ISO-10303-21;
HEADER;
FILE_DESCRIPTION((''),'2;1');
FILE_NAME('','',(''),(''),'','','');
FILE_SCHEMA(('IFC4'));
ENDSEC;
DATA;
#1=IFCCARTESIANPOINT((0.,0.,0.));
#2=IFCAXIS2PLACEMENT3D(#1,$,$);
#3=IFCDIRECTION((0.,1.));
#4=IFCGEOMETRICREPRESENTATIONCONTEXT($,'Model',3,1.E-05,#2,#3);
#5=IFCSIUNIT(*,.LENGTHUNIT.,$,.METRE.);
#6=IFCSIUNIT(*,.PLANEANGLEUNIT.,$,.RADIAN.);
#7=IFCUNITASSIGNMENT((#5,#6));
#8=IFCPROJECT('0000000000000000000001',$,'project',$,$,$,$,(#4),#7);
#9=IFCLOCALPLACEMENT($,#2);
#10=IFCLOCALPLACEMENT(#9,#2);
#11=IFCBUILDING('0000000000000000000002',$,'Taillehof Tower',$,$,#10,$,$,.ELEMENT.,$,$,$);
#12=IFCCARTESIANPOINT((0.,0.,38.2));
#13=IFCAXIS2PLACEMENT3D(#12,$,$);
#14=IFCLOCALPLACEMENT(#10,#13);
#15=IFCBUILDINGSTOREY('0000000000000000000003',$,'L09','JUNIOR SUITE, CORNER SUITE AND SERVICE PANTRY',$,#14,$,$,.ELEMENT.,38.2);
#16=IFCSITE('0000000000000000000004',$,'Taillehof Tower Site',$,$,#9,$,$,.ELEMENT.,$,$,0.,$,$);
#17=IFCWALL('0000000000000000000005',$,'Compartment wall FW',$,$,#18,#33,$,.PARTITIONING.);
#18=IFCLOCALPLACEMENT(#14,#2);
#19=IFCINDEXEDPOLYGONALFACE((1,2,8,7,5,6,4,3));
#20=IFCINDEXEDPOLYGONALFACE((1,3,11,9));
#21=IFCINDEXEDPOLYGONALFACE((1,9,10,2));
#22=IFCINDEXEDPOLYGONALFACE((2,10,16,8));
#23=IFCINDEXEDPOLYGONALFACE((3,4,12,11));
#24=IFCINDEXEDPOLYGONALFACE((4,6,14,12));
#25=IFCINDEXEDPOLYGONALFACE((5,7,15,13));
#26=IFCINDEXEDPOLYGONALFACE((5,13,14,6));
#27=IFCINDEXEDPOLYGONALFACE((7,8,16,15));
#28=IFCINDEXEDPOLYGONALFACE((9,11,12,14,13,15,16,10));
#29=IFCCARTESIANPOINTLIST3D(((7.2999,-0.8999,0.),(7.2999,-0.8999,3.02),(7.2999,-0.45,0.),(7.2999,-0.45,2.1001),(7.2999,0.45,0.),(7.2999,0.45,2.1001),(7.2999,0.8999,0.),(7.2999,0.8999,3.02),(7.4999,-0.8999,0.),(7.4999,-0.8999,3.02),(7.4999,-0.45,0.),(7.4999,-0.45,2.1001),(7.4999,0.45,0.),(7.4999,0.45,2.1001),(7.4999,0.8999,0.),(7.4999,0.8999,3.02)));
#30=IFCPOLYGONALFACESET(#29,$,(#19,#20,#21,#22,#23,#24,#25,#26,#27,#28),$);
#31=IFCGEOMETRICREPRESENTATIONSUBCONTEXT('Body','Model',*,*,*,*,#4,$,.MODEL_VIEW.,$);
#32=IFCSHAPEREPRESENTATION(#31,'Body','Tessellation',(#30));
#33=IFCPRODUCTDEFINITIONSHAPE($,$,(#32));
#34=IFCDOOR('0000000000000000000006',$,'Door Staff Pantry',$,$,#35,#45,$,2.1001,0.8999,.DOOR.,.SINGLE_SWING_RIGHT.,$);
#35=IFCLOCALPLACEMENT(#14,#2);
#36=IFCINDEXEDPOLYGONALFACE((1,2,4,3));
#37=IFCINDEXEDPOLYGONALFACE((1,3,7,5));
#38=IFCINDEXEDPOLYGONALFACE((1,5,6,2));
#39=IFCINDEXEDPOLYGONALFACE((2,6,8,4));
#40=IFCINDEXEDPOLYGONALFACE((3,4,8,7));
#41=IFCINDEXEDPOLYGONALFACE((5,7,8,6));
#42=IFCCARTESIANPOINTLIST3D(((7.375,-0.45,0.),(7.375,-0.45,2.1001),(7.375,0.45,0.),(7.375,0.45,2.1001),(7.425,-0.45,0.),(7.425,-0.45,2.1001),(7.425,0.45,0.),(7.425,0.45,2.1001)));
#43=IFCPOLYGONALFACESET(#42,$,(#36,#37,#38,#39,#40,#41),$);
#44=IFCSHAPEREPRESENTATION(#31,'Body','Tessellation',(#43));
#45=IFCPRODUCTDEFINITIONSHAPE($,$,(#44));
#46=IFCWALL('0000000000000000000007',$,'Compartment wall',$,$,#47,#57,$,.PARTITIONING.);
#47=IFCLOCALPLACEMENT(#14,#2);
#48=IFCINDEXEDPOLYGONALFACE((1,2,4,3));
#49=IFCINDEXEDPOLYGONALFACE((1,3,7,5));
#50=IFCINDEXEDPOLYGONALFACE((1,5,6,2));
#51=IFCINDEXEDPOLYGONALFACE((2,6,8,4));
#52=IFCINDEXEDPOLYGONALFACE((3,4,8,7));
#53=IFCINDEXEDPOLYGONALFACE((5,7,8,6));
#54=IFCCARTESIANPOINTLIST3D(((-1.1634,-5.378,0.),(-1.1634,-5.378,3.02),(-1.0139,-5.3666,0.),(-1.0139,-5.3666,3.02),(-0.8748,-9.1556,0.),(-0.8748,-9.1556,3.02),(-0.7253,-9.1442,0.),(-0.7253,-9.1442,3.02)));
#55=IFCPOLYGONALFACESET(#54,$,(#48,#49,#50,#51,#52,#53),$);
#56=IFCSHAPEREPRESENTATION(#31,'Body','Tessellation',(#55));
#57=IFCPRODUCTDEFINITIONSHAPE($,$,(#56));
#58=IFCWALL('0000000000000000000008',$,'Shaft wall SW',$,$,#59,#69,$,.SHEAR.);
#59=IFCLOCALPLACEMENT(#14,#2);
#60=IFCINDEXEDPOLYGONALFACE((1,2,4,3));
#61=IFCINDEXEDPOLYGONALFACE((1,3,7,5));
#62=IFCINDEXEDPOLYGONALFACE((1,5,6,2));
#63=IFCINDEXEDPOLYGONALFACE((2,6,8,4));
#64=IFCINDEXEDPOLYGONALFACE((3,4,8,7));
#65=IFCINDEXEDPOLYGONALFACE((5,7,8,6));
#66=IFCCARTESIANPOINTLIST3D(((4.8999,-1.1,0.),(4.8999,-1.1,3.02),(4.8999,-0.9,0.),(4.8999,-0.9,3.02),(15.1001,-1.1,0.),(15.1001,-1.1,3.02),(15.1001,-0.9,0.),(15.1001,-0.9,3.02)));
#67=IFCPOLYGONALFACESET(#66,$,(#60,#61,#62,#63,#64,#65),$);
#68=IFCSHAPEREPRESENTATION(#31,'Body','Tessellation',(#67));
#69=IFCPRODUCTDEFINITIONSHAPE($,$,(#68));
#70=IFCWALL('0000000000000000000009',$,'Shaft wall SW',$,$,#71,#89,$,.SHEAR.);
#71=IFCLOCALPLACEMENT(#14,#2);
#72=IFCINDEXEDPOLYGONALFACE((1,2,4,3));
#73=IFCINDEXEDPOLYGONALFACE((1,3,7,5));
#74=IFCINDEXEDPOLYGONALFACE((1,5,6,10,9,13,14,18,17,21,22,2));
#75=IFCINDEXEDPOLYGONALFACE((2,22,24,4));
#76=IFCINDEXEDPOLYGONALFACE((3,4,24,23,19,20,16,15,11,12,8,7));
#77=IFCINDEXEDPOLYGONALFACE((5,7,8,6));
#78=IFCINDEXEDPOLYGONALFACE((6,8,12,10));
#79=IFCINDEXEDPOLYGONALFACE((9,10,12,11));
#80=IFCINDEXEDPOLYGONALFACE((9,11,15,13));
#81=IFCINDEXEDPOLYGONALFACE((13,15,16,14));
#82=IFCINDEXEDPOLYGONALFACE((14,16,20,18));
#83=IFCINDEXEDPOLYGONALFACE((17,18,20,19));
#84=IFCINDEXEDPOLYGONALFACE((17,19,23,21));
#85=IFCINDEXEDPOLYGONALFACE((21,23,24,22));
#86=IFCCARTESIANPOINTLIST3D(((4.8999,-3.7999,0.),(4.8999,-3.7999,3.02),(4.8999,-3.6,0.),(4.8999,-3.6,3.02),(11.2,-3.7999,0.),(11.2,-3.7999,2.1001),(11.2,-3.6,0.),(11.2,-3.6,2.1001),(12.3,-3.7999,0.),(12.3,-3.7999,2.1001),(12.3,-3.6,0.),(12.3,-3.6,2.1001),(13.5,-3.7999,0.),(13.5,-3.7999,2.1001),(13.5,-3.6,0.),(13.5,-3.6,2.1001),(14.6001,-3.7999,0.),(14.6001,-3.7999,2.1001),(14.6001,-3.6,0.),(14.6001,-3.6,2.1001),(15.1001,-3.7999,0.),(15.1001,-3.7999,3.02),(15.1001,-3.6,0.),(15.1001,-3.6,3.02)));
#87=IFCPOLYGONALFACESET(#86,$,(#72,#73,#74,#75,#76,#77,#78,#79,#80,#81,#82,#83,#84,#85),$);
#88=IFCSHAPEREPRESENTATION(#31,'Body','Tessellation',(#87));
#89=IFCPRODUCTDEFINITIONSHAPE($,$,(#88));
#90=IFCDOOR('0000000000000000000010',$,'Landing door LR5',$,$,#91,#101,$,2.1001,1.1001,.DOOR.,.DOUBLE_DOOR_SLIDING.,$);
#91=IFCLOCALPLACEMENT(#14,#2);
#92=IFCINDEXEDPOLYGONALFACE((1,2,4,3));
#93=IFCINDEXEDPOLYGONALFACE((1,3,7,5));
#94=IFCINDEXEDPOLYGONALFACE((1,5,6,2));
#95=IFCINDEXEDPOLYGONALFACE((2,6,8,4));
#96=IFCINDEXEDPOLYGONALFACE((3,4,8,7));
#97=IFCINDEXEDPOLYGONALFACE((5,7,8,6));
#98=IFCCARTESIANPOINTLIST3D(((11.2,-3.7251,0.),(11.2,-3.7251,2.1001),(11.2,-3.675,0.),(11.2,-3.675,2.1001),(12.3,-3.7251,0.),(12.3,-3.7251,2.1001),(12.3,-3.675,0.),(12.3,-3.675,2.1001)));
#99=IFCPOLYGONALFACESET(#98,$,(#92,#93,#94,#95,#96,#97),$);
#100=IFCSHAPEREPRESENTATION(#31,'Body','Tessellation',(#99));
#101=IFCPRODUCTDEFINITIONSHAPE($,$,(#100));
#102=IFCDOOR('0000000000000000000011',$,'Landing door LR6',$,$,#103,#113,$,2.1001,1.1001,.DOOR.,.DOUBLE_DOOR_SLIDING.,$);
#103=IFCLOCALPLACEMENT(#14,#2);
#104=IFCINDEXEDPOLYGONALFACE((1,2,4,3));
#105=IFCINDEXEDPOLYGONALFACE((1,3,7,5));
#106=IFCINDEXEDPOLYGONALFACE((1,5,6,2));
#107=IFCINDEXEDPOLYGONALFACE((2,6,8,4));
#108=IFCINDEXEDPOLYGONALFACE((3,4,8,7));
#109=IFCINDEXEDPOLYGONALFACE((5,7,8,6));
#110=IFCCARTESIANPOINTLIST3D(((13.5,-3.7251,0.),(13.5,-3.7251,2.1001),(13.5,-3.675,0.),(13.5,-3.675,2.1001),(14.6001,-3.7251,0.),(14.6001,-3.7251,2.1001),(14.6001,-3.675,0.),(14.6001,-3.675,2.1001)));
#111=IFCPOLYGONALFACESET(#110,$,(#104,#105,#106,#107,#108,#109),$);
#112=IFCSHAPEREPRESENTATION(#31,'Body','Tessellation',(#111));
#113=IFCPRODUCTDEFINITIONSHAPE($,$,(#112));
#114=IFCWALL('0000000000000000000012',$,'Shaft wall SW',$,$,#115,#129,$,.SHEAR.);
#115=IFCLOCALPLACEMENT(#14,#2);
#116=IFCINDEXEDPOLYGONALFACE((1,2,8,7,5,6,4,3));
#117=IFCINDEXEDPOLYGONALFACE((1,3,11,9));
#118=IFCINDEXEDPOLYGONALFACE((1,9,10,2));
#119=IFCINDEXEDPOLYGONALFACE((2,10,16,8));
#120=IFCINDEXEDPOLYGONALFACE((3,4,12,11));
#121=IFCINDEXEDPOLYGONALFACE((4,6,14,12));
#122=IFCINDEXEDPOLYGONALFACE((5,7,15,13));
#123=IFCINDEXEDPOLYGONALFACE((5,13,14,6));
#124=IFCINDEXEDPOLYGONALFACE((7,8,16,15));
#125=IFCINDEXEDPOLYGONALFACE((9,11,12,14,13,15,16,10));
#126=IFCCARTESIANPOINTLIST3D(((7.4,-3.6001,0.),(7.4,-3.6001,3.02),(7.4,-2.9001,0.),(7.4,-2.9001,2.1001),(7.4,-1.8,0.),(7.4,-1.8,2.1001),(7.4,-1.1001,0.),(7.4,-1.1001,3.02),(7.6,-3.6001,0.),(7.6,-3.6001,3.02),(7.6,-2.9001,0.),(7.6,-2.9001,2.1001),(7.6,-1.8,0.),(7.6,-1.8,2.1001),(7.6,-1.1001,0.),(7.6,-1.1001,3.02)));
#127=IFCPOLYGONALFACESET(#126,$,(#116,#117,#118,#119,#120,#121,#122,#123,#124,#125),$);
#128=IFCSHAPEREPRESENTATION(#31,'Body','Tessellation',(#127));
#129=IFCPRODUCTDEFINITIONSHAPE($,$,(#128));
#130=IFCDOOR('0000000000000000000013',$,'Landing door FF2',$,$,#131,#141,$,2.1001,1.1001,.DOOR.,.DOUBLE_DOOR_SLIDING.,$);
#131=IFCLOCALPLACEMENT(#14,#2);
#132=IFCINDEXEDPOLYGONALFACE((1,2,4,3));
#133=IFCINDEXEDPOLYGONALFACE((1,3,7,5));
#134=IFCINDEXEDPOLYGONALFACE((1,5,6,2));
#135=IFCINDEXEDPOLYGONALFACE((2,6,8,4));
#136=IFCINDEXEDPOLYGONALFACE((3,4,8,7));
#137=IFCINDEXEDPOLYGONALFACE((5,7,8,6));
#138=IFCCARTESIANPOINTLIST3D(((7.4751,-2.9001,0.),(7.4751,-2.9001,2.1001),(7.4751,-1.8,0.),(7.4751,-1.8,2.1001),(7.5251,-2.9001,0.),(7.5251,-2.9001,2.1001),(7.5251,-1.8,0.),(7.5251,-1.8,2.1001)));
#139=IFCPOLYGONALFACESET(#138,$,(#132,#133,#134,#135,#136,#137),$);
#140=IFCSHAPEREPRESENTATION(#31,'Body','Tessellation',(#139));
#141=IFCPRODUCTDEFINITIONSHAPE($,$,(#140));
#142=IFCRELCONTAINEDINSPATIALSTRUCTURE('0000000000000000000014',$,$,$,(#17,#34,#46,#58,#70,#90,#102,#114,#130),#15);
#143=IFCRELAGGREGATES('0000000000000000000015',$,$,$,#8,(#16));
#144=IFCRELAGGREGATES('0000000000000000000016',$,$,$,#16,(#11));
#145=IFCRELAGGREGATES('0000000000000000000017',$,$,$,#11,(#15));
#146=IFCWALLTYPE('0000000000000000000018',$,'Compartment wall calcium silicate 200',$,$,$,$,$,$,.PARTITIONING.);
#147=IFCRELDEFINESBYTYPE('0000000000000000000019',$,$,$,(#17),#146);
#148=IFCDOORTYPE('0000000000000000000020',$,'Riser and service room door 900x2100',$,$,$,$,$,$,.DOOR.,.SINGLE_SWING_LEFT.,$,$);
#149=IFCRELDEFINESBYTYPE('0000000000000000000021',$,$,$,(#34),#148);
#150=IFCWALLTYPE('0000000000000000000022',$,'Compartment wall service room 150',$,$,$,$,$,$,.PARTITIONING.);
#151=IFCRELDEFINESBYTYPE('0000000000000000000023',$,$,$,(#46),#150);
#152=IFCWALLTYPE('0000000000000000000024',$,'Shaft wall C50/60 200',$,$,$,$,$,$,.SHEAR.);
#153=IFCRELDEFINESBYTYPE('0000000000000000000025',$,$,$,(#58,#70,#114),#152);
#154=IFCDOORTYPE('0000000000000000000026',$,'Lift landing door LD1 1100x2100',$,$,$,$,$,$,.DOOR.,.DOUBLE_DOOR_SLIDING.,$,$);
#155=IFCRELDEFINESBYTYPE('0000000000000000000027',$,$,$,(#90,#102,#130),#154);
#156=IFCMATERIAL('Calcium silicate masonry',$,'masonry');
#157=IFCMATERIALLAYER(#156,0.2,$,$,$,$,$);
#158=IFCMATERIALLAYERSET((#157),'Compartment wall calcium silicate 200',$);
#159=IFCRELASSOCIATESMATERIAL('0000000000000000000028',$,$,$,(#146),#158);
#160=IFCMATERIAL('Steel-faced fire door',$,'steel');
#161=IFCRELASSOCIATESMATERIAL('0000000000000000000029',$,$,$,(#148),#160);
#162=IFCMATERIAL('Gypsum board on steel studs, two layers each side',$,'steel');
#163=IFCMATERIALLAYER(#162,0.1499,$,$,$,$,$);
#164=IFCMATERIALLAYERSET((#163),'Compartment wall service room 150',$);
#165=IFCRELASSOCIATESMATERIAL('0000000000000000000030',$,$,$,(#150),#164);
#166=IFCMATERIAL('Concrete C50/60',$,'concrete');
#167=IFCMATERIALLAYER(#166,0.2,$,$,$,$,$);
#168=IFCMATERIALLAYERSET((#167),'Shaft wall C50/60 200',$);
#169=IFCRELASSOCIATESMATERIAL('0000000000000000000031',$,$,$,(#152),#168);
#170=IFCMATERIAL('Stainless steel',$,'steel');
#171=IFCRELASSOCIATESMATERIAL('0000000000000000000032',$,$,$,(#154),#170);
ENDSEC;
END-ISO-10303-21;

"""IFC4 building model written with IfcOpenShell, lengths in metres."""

from ifc_helpers import new_model, si_unit, direction, frame, frame_2d, origin, place, context, subcontext, project, spatial, rectangle, extrude, material, layer, layer_set, type_object, element, fill, save


model = new_model("IFC4")

# Units and contexts
model_context = context("Model", 3, precision=1e-05, world=origin(), true_north=direction((0.0, 1.0)))
body_context = subcontext(model_context, "Body", "Model", "MODEL_VIEW")
ifc_project = project(units=[si_unit("LENGTHUNIT", "METRE"), si_unit("PLANEANGLEUNIT", "RADIAN")], contexts=[model_context])

# Site, building, storey
site_placement = place(None, origin())
site = spatial("IfcSite", under=ifc_project, at=site_placement, Name="Taillehof Tower Site", CompositionType="ELEMENT", RefElevation=0.0)
building_placement = place(site_placement, origin())
building = spatial("IfcBuilding", under=site, at=building_placement, Name="Taillehof Tower", CompositionType="ELEMENT")
storey_placement = place(building_placement, frame((0.0, 0.0, 38.2)))
storey = spatial("IfcBuildingStorey", under=building, at=storey_placement, Name="L09", Description="JUNIOR SUITE, CORNER SUITE AND SERVICE PANTRY", CompositionType="ELEMENT", Elevation=38.2)

# Wall, opening, door
ifc_material_1 = material(Name="Calcium silicate masonry", Category="masonry")
ifc_layer_1 = layer(ifc_material_1, 0.2)
ifc_layer_set_1 = layer_set([ifc_layer_1], Name="Compartment wall calcium silicate 200")
wall_type_1 = type_object("IfcWallType", Name="Compartment wall calcium silicate 200", PredefinedType="PARTITIONING", material=ifc_layer_set_1)
wall_1_placement = place(storey_placement, frame((7.3999, -0.8999, 0.0), z_axis=(0.0, 0.0, 1.0), x_axis=(0.0, 1.0, 0.0)))
wall_1 = element("IfcWall", 1, at=wall_1_placement, inside=storey, type_object=wall_type_1, Name="Compartment wall FW", PredefinedType="PARTITIONING", context=body_context, shape_type="SweptSolid", body=[
    extrude(rectangle(XDim=1.7998, YDim=0.2, at=frame_2d((0.8999, 0.0))), origin(), (0.0, 0.0, 1.0), 3.02),
])
opening_1_placement = place(wall_1_placement, frame((0.45, 0.0, 0.0)))
opening_1 = element("IfcOpeningElement", 2, at=opening_1_placement, cuts=wall_1, PredefinedType="OPENING", context=body_context, shape_type="SweptSolid", body=[
    extrude(rectangle(XDim=0.8999, YDim=2.1001, at=frame_2d((0.45, 1.05))), frame((0.0, 0.1099, 0.0), z_axis=(0.0, -1.0, 0.0), x_axis=(1.0, 0.0, 0.0)), (0.0, 0.0, 1.0), 0.22),
])
ifc_material_2 = material(Name="Steel-faced fire door", Category="steel")
door_type_1 = type_object("IfcDoorType", Name="Riser and service room door 900x2100", OperationType="SINGLE_SWING_LEFT", PredefinedType="DOOR", material=ifc_material_2)
door_1_placement = place(opening_1_placement, origin())
door_1 = element("IfcDoor", 3, at=door_1_placement, inside=storey, type_object=door_type_1, Name="Door Staff Pantry", OperationType="SINGLE_SWING_RIGHT", OverallHeight=2.1001, OverallWidth=0.8999, PredefinedType="DOOR", context=body_context, shape_type="SweptSolid", body=[
    extrude(rectangle(XDim=0.8999, YDim=2.1001, at=frame_2d((0.45, 1.05))), frame((0.0, 0.0249, 0.0), z_axis=(0.0, -1.0, 0.0), x_axis=(1.0, 0.0, 0.0)), (0.0, 0.0, 1.0), 0.05),
])
fill(opening_1, door_1)

# Walls
ifc_material_3 = material(Name="Gypsum board on steel studs, two layers each side", Category="steel")
ifc_layer_2 = layer(ifc_material_3, 0.1499)
ifc_layer_set_2 = layer_set([ifc_layer_2], Name="Compartment wall service room 150")
wall_type_2 = type_object("IfcWallType", Name="Compartment wall service room 150", PredefinedType="PARTITIONING", material=ifc_layer_set_2)
wall_2_placement = place(storey_placement, frame((-1.0886, -5.3723, 0.0), z_axis=(0.0, 0.0, 1.0), x_axis=(0.076169, -0.997095, 0.0)))
element("IfcWall", 4, at=wall_2_placement, inside=storey, type_object=wall_type_2, Name="Compartment wall", PredefinedType="PARTITIONING", context=body_context, shape_type="SweptSolid", body=[
    extrude(rectangle(XDim=3.7886, YDim=0.1499, at=frame_2d((1.8943, 0.0))), origin(), (0.0, 0.0, 1.0), 3.02),
])
ifc_material_4 = material(Name="Concrete C50/60", Category="concrete")
ifc_layer_3 = layer(ifc_material_4, 0.2)
ifc_layer_set_3 = layer_set([ifc_layer_3], Name="Shaft wall C50/60 200")
wall_type_3 = type_object("IfcWallType", Name="Shaft wall C50/60 200", PredefinedType="SHEAR", material=ifc_layer_set_3)
wall_3_placement = place(storey_placement, frame((4.8999, -1.0, 0.0), z_axis=(0.0, 0.0, 1.0), x_axis=(1.0, 0.0, 0.0)))
element("IfcWall", 5, at=wall_3_placement, inside=storey, type_object=wall_type_3, Name="Shaft wall SW", PredefinedType="SHEAR", context=body_context, shape_type="SweptSolid", body=[
    extrude(rectangle(XDim=10.2002, YDim=0.2, at=frame_2d((5.1001, 0.0))), origin(), (0.0, 0.0, 1.0), 3.02),
])

# Wall, openings, doors
wall_4_placement = place(storey_placement, frame((4.8999, -3.7, 0.0), z_axis=(0.0, 0.0, 1.0), x_axis=(1.0, 0.0, 0.0)))
wall_4 = element("IfcWall", 6, at=wall_4_placement, inside=storey, type_object=wall_type_3, Name="Shaft wall SW", PredefinedType="SHEAR", context=body_context, shape_type="SweptSolid", body=[
    extrude(rectangle(XDim=10.2002, YDim=0.2, at=frame_2d((5.1001, 0.0))), origin(), (0.0, 0.0, 1.0), 3.02),
])
opening_2_placement = place(wall_4_placement, frame((6.3, 0.0, 0.0)))
opening_2 = element("IfcOpeningElement", 7, at=opening_2_placement, cuts=wall_4, PredefinedType="OPENING", context=body_context, shape_type="SweptSolid", body=[
    extrude(rectangle(XDim=1.1001, YDim=2.1001, at=frame_2d((0.55, 1.05))), frame((0.0, 0.1099, 0.0), z_axis=(0.0, -1.0, 0.0), x_axis=(1.0, 0.0, 0.0)), (0.0, 0.0, 1.0), 0.22),
])
opening_3_placement = place(wall_4_placement, frame((8.6001, 0.0, 0.0)))
opening_3 = element("IfcOpeningElement", 8, at=opening_3_placement, cuts=wall_4, PredefinedType="OPENING", context=body_context, shape_type="SweptSolid", body=[
    extrude(rectangle(XDim=1.1001, YDim=2.1001, at=frame_2d((0.55, 1.05))), frame((0.0, 0.1099, 0.0), z_axis=(0.0, -1.0, 0.0), x_axis=(1.0, 0.0, 0.0)), (0.0, 0.0, 1.0), 0.22),
])
ifc_material_5 = material(Name="Stainless steel", Category="steel")
door_type_2 = type_object("IfcDoorType", Name="Lift landing door LD1 1100x2100", OperationType="DOUBLE_DOOR_SLIDING", PredefinedType="DOOR", material=ifc_material_5)
door_2_placement = place(opening_2_placement, origin())
door_2 = element("IfcDoor", 9, at=door_2_placement, inside=storey, type_object=door_type_2, Name="Landing door LR5", OperationType="DOUBLE_DOOR_SLIDING", OverallHeight=2.1001, OverallWidth=1.1001, PredefinedType="DOOR", context=body_context, shape_type="SweptSolid", body=[
    extrude(rectangle(XDim=1.1001, YDim=2.1001, at=frame_2d((0.55, 1.05))), frame((0.0, 0.0249, 0.0), z_axis=(0.0, -1.0, 0.0), x_axis=(1.0, 0.0, 0.0)), (0.0, 0.0, 1.0), 0.05),
])
fill(opening_2, door_2)
door_3_placement = place(opening_3_placement, origin())
door_3 = element("IfcDoor", 10, at=door_3_placement, inside=storey, type_object=door_type_2, Name="Landing door LR6", OperationType="DOUBLE_DOOR_SLIDING", OverallHeight=2.1001, OverallWidth=1.1001, PredefinedType="DOOR", context=body_context, shape_type="SweptSolid", body=[
    extrude(rectangle(XDim=1.1001, YDim=2.1001, at=frame_2d((0.55, 1.05))), frame((0.0, 0.0249, 0.0), z_axis=(0.0, -1.0, 0.0), x_axis=(1.0, 0.0, 0.0)), (0.0, 0.0, 1.0), 0.05),
])
fill(opening_3, door_3)

# Wall, opening, door
wall_5_placement = place(storey_placement, frame((7.5, -3.6001, 0.0), z_axis=(0.0, 0.0, 1.0), x_axis=(0.0, 1.0, 0.0)))
wall_5 = element("IfcWall", 11, at=wall_5_placement, inside=storey, type_object=wall_type_3, Name="Shaft wall SW", PredefinedType="SHEAR", context=body_context, shape_type="SweptSolid", body=[
    extrude(rectangle(XDim=2.5, YDim=0.2, at=frame_2d((1.25, 0.0))), origin(), (0.0, 0.0, 1.0), 3.02),
])
opening_4_placement = place(wall_5_placement, frame((0.7, 0.0, 0.0)))
opening_4 = element("IfcOpeningElement", 12, at=opening_4_placement, cuts=wall_5, PredefinedType="OPENING", context=body_context, shape_type="SweptSolid", body=[
    extrude(rectangle(XDim=1.1001, YDim=2.1001, at=frame_2d((0.55, 1.05))), frame((0.0, 0.1099, 0.0), z_axis=(0.0, -1.0, 0.0), x_axis=(1.0, 0.0, 0.0)), (0.0, 0.0, 1.0), 0.22),
])
door_4_placement = place(opening_4_placement, origin())
door_4 = element("IfcDoor", 13, at=door_4_placement, inside=storey, type_object=door_type_2, Name="Landing door FF2", OperationType="DOUBLE_DOOR_SLIDING", OverallHeight=2.1001, OverallWidth=1.1001, PredefinedType="DOOR", context=body_context, shape_type="SweptSolid", body=[
    extrude(rectangle(XDim=1.1001, YDim=2.1001, at=frame_2d((0.55, 1.05))), frame((0.0, 0.0249, 0.0), z_axis=(0.0, -1.0, 0.0), x_axis=(1.0, 0.0, 0.0)), (0.0, 0.0, 1.0), 0.05),
])
fill(opening_4, door_4)

save(model, "model.ifc")
